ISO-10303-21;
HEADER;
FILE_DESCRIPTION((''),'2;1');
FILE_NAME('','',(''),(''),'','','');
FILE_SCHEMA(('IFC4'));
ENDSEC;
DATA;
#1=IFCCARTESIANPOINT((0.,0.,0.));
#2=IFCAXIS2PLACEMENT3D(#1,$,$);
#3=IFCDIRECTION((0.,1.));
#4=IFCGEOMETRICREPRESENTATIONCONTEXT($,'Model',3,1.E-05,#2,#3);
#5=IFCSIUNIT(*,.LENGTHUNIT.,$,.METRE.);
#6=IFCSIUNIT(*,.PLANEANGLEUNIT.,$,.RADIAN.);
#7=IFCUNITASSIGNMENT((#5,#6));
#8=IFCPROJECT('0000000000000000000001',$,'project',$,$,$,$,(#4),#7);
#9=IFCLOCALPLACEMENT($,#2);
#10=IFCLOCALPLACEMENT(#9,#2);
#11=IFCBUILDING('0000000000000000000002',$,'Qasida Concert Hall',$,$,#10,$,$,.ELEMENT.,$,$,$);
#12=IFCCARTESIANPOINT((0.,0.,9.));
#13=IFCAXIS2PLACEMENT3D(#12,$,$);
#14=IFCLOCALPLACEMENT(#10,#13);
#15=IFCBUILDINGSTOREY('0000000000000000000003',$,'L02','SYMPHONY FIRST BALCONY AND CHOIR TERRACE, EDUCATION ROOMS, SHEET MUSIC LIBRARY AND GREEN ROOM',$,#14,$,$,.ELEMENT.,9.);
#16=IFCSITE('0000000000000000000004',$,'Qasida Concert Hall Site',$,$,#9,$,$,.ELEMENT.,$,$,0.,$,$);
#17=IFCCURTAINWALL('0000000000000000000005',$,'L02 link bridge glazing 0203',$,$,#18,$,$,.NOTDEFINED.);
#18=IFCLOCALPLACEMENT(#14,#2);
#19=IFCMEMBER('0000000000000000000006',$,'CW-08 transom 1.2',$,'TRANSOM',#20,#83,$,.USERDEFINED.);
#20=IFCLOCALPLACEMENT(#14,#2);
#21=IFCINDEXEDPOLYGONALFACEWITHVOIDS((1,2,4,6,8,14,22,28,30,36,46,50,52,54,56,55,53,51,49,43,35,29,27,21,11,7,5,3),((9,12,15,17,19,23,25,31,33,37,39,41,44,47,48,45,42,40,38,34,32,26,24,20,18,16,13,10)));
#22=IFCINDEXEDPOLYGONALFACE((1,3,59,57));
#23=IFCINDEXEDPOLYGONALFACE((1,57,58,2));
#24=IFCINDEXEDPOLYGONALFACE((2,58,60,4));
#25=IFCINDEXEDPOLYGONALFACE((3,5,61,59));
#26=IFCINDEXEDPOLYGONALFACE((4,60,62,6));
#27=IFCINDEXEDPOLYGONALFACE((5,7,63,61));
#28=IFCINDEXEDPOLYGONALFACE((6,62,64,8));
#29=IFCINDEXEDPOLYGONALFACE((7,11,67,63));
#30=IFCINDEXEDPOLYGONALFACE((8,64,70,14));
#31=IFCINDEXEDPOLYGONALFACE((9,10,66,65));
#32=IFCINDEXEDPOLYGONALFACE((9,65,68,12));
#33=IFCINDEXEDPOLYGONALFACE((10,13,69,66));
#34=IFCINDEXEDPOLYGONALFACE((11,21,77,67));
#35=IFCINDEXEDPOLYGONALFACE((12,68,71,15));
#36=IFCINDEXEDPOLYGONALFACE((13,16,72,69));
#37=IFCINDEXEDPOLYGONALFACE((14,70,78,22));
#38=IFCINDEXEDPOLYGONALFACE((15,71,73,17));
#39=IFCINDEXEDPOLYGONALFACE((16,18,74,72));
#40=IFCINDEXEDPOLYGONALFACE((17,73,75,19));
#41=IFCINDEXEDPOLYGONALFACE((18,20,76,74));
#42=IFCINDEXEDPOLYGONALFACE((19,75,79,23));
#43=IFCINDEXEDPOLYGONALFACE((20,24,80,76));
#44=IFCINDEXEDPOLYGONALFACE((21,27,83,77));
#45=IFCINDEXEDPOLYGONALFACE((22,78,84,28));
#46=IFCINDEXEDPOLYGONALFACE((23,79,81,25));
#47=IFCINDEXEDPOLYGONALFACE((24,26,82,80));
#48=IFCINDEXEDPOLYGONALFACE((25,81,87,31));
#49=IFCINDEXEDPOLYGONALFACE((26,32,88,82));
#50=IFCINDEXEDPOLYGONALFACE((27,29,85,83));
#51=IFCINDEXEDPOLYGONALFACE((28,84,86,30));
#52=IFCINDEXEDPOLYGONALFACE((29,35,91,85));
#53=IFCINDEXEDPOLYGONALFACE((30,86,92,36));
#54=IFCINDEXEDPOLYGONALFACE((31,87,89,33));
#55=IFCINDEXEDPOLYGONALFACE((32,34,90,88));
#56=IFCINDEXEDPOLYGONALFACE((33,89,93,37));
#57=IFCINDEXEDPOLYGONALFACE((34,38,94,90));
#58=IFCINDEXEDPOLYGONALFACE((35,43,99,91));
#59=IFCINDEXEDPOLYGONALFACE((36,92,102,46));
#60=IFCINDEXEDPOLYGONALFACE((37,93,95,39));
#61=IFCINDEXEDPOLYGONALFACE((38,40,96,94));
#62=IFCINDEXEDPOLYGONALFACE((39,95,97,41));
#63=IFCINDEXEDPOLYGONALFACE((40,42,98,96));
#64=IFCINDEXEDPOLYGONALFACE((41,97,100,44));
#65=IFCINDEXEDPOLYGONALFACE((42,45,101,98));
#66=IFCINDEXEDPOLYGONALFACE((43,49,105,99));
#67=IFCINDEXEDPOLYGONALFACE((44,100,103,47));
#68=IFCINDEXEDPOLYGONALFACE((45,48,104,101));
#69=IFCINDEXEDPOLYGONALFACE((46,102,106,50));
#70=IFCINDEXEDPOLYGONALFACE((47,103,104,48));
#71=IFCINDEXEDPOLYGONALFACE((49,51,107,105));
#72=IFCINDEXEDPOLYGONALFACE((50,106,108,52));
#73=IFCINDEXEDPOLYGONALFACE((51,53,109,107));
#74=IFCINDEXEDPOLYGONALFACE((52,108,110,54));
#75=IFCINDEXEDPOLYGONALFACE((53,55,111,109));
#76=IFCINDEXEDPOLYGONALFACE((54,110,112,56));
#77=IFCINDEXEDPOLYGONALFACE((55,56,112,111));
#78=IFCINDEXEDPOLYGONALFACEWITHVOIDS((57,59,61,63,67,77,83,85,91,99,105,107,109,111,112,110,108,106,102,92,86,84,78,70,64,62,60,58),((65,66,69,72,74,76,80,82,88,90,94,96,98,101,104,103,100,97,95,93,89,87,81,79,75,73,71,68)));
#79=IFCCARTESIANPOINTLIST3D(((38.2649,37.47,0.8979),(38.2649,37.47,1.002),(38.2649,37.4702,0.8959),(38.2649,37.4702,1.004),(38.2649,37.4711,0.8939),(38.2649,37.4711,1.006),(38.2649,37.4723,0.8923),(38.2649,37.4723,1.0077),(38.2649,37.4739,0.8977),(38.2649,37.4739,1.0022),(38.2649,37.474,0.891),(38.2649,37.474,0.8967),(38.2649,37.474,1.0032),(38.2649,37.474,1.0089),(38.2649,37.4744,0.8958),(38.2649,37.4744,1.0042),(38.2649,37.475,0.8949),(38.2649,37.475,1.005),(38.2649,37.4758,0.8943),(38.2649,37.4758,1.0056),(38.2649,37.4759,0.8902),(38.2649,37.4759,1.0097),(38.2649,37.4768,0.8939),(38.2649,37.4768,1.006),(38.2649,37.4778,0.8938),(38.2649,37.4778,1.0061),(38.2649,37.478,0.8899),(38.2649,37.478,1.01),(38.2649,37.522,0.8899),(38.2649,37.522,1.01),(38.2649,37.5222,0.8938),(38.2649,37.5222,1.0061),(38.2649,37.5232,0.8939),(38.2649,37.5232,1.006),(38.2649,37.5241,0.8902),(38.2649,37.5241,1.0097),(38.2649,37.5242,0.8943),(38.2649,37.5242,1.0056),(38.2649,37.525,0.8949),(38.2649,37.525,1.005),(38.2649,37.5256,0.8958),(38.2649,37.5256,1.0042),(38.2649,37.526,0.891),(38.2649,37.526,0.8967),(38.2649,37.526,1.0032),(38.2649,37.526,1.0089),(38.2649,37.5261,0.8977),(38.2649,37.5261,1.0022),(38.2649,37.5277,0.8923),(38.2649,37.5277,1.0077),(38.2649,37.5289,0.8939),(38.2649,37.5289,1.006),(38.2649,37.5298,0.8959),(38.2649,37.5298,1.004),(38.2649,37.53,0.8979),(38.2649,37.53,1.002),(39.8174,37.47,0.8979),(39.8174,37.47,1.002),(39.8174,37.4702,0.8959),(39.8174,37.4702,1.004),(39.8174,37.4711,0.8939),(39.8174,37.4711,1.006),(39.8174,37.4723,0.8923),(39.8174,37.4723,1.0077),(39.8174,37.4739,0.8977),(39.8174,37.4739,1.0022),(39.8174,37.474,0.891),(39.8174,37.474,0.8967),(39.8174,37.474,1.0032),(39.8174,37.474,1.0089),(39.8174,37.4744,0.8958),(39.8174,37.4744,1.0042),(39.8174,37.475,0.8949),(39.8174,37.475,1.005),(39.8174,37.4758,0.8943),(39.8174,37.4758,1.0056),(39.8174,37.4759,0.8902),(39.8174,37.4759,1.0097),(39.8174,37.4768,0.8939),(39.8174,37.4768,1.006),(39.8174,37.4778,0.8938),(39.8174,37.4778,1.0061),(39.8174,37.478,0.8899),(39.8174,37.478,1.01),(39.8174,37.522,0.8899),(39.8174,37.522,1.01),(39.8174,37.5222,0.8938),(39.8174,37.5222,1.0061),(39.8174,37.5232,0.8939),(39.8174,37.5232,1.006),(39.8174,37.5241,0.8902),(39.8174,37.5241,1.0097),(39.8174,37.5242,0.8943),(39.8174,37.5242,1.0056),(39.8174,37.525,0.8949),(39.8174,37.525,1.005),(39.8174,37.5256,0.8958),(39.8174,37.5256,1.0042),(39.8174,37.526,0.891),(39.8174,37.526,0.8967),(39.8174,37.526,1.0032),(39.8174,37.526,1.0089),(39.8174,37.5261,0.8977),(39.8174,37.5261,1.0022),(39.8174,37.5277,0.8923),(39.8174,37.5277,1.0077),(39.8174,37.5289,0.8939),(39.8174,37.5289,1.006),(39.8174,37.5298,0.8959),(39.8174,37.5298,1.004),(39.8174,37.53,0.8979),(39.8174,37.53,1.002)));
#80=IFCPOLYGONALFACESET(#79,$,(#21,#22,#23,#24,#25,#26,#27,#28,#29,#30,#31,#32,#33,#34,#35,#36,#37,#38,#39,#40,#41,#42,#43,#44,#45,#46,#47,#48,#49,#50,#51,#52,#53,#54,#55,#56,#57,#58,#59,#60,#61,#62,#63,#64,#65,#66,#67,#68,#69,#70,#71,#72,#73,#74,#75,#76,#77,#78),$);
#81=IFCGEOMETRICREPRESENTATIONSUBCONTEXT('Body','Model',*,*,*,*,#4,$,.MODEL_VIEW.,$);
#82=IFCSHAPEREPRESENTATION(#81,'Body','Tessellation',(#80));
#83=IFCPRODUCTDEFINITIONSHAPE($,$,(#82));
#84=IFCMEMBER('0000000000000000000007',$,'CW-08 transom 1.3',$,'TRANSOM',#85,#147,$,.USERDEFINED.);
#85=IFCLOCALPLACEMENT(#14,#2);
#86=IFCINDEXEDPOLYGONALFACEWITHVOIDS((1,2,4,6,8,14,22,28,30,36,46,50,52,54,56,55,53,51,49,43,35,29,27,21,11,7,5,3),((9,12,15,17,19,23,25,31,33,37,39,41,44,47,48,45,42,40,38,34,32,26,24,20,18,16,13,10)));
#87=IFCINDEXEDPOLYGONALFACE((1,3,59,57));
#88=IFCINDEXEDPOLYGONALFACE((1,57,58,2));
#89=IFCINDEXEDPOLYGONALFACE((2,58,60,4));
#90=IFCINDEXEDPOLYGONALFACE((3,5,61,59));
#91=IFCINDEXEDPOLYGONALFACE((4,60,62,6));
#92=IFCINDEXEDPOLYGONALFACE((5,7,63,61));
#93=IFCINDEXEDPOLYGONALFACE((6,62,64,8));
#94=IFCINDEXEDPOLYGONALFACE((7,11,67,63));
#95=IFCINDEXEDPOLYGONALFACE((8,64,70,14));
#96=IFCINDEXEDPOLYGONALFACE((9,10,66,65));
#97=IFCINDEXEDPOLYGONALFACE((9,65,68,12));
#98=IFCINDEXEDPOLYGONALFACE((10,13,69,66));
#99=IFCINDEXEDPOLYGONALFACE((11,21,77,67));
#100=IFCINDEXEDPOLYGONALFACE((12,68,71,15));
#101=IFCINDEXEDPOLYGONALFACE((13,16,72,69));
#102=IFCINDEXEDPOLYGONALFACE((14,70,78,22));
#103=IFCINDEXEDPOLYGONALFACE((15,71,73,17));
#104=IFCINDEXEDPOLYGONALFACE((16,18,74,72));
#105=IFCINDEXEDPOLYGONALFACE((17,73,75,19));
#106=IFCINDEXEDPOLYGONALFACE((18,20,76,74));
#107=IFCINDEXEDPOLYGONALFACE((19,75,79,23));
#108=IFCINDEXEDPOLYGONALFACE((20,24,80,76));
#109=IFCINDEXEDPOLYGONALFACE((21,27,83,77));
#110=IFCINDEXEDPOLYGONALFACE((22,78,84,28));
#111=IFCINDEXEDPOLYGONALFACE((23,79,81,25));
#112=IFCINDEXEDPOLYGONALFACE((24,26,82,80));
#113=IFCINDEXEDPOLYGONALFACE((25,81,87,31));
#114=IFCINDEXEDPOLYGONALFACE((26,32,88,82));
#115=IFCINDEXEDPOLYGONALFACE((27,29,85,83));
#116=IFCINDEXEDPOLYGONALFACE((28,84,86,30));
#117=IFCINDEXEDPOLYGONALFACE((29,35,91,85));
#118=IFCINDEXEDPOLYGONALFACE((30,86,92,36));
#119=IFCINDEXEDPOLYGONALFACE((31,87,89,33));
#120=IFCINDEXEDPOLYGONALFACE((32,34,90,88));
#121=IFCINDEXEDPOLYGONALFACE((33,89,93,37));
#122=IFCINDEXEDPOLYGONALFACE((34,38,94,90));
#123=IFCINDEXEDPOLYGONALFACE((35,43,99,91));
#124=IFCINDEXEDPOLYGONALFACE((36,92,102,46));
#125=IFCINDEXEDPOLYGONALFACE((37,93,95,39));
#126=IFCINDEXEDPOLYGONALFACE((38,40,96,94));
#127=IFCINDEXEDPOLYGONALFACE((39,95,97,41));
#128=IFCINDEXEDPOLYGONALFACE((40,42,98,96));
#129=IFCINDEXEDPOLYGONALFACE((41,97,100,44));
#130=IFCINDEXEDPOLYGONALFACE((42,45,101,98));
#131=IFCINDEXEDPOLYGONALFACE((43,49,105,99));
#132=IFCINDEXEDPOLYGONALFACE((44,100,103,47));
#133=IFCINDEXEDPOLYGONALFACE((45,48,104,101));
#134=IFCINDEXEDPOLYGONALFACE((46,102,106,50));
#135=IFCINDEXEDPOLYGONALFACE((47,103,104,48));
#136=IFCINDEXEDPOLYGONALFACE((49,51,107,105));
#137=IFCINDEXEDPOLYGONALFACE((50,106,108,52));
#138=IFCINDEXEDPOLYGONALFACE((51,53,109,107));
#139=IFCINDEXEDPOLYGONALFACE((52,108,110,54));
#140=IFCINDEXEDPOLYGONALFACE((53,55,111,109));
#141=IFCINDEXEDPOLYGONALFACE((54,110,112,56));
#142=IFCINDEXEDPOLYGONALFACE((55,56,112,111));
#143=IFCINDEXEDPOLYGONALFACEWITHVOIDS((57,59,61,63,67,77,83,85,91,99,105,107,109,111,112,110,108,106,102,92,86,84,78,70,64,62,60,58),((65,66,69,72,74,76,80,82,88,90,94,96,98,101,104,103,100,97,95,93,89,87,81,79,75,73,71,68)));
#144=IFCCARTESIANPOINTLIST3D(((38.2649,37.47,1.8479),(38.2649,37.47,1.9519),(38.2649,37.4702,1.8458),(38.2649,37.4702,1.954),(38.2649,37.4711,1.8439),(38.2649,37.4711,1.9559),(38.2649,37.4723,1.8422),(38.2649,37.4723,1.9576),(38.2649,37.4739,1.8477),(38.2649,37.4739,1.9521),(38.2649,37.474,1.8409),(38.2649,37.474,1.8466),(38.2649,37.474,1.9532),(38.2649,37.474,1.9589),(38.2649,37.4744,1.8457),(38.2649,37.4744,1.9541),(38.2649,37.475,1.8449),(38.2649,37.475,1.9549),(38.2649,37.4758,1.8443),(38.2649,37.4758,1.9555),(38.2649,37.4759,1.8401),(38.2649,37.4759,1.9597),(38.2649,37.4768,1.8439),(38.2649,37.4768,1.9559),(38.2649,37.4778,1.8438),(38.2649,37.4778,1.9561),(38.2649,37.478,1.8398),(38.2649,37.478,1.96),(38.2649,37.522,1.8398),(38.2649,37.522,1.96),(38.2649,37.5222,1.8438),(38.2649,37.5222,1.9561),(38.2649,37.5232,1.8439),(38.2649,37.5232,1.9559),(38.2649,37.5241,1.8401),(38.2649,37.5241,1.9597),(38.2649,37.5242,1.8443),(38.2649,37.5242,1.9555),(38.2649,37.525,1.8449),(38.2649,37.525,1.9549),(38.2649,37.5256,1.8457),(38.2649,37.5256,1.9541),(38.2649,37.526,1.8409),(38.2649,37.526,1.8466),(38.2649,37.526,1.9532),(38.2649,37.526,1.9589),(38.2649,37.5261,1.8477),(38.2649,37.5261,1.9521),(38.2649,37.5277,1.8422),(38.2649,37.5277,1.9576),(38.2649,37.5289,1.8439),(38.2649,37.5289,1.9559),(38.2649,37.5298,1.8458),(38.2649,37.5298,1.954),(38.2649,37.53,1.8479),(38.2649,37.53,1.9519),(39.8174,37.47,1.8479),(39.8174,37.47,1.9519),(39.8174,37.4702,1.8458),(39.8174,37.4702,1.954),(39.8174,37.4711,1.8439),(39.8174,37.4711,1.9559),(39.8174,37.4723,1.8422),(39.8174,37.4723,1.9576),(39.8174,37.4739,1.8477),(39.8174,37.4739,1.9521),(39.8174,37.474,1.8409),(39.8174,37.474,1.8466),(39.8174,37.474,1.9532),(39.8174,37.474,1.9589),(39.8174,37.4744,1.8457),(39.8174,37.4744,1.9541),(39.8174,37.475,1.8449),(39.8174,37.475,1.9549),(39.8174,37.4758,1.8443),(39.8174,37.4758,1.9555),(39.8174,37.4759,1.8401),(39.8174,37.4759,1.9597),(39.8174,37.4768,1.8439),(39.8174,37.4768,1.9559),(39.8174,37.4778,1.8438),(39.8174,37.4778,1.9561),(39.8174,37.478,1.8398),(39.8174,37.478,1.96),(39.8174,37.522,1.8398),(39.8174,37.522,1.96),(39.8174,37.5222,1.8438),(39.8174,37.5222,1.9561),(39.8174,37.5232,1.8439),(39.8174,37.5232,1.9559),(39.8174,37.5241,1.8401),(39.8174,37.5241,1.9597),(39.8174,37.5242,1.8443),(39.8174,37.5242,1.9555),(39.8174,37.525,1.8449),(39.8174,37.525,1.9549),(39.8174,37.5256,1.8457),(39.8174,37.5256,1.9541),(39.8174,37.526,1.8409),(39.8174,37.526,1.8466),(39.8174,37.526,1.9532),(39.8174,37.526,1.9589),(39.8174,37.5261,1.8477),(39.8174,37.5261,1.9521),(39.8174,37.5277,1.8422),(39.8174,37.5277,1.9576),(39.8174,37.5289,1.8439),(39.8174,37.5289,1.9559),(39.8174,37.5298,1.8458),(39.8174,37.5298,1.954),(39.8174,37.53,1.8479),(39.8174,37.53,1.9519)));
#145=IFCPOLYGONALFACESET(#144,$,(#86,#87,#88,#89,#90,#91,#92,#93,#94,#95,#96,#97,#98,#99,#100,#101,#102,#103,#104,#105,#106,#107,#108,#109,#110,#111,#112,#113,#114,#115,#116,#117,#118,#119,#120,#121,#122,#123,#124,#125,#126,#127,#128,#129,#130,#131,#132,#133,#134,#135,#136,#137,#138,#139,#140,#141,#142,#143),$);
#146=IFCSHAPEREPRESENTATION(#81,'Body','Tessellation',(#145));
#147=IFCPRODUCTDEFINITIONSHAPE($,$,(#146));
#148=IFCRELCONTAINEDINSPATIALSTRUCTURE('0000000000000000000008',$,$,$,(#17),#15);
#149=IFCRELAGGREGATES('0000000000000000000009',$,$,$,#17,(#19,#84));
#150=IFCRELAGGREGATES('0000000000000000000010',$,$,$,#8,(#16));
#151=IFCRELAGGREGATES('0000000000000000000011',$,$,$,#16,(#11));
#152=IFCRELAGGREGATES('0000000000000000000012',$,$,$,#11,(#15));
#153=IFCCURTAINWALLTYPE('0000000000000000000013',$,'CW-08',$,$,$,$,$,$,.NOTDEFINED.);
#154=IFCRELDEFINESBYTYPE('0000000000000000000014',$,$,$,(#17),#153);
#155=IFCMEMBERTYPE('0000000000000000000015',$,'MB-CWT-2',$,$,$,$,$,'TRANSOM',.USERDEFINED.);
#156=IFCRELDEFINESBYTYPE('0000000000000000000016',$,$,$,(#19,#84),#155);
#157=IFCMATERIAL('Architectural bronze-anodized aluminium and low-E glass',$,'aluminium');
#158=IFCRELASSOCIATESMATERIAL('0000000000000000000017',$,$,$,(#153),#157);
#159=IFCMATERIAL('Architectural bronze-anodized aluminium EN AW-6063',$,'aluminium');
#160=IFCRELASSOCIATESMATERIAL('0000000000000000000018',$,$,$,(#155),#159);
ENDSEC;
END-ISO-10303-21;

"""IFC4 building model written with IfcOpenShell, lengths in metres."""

from ifc_helpers import new_model, si_unit, direction, frame, origin, origin_2d, place, context, subcontext, project, spatial, hollow_rectangle, extrude, material, material_profile, profile_set, type_object, element, aggregate, save


model = new_model("IFC4")

# Units and contexts
model_context = context("Model", 3, precision=1e-05, world=origin(), true_north=direction((0.0, 1.0)))
body_context = subcontext(model_context, "Body", "Model", "MODEL_VIEW")
ifc_project = project(units=[si_unit("LENGTHUNIT", "METRE"), si_unit("PLANEANGLEUNIT", "RADIAN")], contexts=[model_context])

# Site, building, storey
site_placement = place(None, origin())
site = spatial("IfcSite", under=ifc_project, at=site_placement, Name="Qasida Concert Hall Site", CompositionType="ELEMENT", RefElevation=0.0)
building_placement = place(site_placement, origin())
building = spatial("IfcBuilding", under=site, at=building_placement, Name="Qasida Concert Hall", CompositionType="ELEMENT")
storey_placement = place(building_placement, frame((0.0, 0.0, 9.0)))
storey = spatial("IfcBuildingStorey", under=building, at=storey_placement, Name="L02", Description="SYMPHONY FIRST BALCONY AND CHOIR TERRACE, EDUCATION ROOMS, SHEET MUSIC LIBRARY AND GREEN ROOM", CompositionType="ELEMENT", Elevation=9.0)

# Curtain wall
ifc_material_1 = material(Name="Architectural bronze-anodized aluminium and low-E glass", Category="aluminium")
curtain_wall_type = type_object("IfcCurtainWallType", Name="CW-08", PredefinedType="NOTDEFINED", material=ifc_material_1)
ifc_material_2 = material(Name="Architectural bronze-anodized aluminium EN AW-6063", Category="aluminium")
curtain_wall_1_placement = place(storey_placement, origin())
curtain_wall_1 = element("IfcCurtainWall", 1, at=curtain_wall_1_placement, inside=storey, type_object=curtain_wall_type, Name="L02 link bridge glazing 0203", PredefinedType="NOTDEFINED")

# Members
ifc_material_profile_1 = material_profile(ifc_material_2, hollow_rectangle(XDim=0.0601, YDim=0.1201, WallThickness=0.0039, InnerFilletRadius=0.0039, OuterFilletRadius=0.0081, at=origin_2d()), Name="CWT 120x60x4")
ifc_profile_set_1 = profile_set([ifc_material_profile_1], Name="Architectural bronze-anodized aluminium EN AW-6063")
member_type_1 = type_object("IfcMemberType", Name="MB-CWT-2", ElementType="TRANSOM", PredefinedType="USERDEFINED", material=ifc_profile_set_1)
member_1_placement = place(storey_placement, frame((38.2649, 37.5, 0.95), z_axis=(1.0, 0.0, 0.0), x_axis=(0.0, 1.0, 0.0)))
member_1 = element("IfcMember", 2, at=member_1_placement, type_object=member_type_1, Name="CW-08 transom 1.2", ObjectType="TRANSOM", PredefinedType="USERDEFINED", context=body_context, shape_type="SweptSolid", body=[
    extrude(hollow_rectangle(XDim=0.0601, YDim=0.1201, WallThickness=0.0039, InnerFilletRadius=0.0039, OuterFilletRadius=0.0081, at=origin_2d()), origin(), (0.0, 0.0, 1.0), 1.5525),
])
member_2_placement = place(storey_placement, frame((38.2649, 37.5, 1.8999), z_axis=(1.0, 0.0, 0.0), x_axis=(0.0, 1.0, 0.0)))
member_2 = element("IfcMember", 3, at=member_2_placement, type_object=member_type_1, Name="CW-08 transom 1.3", ObjectType="TRANSOM", PredefinedType="USERDEFINED", context=body_context, shape_type="SweptSolid", body=[
    extrude(hollow_rectangle(XDim=0.0601, YDim=0.1201, WallThickness=0.0039, InnerFilletRadius=0.0039, OuterFilletRadius=0.0081, at=origin_2d()), origin(), (0.0, 0.0, 1.0), 1.5525),
])

aggregate(curtain_wall_1, [member_1, member_2])

save(model, "model.ifc")
